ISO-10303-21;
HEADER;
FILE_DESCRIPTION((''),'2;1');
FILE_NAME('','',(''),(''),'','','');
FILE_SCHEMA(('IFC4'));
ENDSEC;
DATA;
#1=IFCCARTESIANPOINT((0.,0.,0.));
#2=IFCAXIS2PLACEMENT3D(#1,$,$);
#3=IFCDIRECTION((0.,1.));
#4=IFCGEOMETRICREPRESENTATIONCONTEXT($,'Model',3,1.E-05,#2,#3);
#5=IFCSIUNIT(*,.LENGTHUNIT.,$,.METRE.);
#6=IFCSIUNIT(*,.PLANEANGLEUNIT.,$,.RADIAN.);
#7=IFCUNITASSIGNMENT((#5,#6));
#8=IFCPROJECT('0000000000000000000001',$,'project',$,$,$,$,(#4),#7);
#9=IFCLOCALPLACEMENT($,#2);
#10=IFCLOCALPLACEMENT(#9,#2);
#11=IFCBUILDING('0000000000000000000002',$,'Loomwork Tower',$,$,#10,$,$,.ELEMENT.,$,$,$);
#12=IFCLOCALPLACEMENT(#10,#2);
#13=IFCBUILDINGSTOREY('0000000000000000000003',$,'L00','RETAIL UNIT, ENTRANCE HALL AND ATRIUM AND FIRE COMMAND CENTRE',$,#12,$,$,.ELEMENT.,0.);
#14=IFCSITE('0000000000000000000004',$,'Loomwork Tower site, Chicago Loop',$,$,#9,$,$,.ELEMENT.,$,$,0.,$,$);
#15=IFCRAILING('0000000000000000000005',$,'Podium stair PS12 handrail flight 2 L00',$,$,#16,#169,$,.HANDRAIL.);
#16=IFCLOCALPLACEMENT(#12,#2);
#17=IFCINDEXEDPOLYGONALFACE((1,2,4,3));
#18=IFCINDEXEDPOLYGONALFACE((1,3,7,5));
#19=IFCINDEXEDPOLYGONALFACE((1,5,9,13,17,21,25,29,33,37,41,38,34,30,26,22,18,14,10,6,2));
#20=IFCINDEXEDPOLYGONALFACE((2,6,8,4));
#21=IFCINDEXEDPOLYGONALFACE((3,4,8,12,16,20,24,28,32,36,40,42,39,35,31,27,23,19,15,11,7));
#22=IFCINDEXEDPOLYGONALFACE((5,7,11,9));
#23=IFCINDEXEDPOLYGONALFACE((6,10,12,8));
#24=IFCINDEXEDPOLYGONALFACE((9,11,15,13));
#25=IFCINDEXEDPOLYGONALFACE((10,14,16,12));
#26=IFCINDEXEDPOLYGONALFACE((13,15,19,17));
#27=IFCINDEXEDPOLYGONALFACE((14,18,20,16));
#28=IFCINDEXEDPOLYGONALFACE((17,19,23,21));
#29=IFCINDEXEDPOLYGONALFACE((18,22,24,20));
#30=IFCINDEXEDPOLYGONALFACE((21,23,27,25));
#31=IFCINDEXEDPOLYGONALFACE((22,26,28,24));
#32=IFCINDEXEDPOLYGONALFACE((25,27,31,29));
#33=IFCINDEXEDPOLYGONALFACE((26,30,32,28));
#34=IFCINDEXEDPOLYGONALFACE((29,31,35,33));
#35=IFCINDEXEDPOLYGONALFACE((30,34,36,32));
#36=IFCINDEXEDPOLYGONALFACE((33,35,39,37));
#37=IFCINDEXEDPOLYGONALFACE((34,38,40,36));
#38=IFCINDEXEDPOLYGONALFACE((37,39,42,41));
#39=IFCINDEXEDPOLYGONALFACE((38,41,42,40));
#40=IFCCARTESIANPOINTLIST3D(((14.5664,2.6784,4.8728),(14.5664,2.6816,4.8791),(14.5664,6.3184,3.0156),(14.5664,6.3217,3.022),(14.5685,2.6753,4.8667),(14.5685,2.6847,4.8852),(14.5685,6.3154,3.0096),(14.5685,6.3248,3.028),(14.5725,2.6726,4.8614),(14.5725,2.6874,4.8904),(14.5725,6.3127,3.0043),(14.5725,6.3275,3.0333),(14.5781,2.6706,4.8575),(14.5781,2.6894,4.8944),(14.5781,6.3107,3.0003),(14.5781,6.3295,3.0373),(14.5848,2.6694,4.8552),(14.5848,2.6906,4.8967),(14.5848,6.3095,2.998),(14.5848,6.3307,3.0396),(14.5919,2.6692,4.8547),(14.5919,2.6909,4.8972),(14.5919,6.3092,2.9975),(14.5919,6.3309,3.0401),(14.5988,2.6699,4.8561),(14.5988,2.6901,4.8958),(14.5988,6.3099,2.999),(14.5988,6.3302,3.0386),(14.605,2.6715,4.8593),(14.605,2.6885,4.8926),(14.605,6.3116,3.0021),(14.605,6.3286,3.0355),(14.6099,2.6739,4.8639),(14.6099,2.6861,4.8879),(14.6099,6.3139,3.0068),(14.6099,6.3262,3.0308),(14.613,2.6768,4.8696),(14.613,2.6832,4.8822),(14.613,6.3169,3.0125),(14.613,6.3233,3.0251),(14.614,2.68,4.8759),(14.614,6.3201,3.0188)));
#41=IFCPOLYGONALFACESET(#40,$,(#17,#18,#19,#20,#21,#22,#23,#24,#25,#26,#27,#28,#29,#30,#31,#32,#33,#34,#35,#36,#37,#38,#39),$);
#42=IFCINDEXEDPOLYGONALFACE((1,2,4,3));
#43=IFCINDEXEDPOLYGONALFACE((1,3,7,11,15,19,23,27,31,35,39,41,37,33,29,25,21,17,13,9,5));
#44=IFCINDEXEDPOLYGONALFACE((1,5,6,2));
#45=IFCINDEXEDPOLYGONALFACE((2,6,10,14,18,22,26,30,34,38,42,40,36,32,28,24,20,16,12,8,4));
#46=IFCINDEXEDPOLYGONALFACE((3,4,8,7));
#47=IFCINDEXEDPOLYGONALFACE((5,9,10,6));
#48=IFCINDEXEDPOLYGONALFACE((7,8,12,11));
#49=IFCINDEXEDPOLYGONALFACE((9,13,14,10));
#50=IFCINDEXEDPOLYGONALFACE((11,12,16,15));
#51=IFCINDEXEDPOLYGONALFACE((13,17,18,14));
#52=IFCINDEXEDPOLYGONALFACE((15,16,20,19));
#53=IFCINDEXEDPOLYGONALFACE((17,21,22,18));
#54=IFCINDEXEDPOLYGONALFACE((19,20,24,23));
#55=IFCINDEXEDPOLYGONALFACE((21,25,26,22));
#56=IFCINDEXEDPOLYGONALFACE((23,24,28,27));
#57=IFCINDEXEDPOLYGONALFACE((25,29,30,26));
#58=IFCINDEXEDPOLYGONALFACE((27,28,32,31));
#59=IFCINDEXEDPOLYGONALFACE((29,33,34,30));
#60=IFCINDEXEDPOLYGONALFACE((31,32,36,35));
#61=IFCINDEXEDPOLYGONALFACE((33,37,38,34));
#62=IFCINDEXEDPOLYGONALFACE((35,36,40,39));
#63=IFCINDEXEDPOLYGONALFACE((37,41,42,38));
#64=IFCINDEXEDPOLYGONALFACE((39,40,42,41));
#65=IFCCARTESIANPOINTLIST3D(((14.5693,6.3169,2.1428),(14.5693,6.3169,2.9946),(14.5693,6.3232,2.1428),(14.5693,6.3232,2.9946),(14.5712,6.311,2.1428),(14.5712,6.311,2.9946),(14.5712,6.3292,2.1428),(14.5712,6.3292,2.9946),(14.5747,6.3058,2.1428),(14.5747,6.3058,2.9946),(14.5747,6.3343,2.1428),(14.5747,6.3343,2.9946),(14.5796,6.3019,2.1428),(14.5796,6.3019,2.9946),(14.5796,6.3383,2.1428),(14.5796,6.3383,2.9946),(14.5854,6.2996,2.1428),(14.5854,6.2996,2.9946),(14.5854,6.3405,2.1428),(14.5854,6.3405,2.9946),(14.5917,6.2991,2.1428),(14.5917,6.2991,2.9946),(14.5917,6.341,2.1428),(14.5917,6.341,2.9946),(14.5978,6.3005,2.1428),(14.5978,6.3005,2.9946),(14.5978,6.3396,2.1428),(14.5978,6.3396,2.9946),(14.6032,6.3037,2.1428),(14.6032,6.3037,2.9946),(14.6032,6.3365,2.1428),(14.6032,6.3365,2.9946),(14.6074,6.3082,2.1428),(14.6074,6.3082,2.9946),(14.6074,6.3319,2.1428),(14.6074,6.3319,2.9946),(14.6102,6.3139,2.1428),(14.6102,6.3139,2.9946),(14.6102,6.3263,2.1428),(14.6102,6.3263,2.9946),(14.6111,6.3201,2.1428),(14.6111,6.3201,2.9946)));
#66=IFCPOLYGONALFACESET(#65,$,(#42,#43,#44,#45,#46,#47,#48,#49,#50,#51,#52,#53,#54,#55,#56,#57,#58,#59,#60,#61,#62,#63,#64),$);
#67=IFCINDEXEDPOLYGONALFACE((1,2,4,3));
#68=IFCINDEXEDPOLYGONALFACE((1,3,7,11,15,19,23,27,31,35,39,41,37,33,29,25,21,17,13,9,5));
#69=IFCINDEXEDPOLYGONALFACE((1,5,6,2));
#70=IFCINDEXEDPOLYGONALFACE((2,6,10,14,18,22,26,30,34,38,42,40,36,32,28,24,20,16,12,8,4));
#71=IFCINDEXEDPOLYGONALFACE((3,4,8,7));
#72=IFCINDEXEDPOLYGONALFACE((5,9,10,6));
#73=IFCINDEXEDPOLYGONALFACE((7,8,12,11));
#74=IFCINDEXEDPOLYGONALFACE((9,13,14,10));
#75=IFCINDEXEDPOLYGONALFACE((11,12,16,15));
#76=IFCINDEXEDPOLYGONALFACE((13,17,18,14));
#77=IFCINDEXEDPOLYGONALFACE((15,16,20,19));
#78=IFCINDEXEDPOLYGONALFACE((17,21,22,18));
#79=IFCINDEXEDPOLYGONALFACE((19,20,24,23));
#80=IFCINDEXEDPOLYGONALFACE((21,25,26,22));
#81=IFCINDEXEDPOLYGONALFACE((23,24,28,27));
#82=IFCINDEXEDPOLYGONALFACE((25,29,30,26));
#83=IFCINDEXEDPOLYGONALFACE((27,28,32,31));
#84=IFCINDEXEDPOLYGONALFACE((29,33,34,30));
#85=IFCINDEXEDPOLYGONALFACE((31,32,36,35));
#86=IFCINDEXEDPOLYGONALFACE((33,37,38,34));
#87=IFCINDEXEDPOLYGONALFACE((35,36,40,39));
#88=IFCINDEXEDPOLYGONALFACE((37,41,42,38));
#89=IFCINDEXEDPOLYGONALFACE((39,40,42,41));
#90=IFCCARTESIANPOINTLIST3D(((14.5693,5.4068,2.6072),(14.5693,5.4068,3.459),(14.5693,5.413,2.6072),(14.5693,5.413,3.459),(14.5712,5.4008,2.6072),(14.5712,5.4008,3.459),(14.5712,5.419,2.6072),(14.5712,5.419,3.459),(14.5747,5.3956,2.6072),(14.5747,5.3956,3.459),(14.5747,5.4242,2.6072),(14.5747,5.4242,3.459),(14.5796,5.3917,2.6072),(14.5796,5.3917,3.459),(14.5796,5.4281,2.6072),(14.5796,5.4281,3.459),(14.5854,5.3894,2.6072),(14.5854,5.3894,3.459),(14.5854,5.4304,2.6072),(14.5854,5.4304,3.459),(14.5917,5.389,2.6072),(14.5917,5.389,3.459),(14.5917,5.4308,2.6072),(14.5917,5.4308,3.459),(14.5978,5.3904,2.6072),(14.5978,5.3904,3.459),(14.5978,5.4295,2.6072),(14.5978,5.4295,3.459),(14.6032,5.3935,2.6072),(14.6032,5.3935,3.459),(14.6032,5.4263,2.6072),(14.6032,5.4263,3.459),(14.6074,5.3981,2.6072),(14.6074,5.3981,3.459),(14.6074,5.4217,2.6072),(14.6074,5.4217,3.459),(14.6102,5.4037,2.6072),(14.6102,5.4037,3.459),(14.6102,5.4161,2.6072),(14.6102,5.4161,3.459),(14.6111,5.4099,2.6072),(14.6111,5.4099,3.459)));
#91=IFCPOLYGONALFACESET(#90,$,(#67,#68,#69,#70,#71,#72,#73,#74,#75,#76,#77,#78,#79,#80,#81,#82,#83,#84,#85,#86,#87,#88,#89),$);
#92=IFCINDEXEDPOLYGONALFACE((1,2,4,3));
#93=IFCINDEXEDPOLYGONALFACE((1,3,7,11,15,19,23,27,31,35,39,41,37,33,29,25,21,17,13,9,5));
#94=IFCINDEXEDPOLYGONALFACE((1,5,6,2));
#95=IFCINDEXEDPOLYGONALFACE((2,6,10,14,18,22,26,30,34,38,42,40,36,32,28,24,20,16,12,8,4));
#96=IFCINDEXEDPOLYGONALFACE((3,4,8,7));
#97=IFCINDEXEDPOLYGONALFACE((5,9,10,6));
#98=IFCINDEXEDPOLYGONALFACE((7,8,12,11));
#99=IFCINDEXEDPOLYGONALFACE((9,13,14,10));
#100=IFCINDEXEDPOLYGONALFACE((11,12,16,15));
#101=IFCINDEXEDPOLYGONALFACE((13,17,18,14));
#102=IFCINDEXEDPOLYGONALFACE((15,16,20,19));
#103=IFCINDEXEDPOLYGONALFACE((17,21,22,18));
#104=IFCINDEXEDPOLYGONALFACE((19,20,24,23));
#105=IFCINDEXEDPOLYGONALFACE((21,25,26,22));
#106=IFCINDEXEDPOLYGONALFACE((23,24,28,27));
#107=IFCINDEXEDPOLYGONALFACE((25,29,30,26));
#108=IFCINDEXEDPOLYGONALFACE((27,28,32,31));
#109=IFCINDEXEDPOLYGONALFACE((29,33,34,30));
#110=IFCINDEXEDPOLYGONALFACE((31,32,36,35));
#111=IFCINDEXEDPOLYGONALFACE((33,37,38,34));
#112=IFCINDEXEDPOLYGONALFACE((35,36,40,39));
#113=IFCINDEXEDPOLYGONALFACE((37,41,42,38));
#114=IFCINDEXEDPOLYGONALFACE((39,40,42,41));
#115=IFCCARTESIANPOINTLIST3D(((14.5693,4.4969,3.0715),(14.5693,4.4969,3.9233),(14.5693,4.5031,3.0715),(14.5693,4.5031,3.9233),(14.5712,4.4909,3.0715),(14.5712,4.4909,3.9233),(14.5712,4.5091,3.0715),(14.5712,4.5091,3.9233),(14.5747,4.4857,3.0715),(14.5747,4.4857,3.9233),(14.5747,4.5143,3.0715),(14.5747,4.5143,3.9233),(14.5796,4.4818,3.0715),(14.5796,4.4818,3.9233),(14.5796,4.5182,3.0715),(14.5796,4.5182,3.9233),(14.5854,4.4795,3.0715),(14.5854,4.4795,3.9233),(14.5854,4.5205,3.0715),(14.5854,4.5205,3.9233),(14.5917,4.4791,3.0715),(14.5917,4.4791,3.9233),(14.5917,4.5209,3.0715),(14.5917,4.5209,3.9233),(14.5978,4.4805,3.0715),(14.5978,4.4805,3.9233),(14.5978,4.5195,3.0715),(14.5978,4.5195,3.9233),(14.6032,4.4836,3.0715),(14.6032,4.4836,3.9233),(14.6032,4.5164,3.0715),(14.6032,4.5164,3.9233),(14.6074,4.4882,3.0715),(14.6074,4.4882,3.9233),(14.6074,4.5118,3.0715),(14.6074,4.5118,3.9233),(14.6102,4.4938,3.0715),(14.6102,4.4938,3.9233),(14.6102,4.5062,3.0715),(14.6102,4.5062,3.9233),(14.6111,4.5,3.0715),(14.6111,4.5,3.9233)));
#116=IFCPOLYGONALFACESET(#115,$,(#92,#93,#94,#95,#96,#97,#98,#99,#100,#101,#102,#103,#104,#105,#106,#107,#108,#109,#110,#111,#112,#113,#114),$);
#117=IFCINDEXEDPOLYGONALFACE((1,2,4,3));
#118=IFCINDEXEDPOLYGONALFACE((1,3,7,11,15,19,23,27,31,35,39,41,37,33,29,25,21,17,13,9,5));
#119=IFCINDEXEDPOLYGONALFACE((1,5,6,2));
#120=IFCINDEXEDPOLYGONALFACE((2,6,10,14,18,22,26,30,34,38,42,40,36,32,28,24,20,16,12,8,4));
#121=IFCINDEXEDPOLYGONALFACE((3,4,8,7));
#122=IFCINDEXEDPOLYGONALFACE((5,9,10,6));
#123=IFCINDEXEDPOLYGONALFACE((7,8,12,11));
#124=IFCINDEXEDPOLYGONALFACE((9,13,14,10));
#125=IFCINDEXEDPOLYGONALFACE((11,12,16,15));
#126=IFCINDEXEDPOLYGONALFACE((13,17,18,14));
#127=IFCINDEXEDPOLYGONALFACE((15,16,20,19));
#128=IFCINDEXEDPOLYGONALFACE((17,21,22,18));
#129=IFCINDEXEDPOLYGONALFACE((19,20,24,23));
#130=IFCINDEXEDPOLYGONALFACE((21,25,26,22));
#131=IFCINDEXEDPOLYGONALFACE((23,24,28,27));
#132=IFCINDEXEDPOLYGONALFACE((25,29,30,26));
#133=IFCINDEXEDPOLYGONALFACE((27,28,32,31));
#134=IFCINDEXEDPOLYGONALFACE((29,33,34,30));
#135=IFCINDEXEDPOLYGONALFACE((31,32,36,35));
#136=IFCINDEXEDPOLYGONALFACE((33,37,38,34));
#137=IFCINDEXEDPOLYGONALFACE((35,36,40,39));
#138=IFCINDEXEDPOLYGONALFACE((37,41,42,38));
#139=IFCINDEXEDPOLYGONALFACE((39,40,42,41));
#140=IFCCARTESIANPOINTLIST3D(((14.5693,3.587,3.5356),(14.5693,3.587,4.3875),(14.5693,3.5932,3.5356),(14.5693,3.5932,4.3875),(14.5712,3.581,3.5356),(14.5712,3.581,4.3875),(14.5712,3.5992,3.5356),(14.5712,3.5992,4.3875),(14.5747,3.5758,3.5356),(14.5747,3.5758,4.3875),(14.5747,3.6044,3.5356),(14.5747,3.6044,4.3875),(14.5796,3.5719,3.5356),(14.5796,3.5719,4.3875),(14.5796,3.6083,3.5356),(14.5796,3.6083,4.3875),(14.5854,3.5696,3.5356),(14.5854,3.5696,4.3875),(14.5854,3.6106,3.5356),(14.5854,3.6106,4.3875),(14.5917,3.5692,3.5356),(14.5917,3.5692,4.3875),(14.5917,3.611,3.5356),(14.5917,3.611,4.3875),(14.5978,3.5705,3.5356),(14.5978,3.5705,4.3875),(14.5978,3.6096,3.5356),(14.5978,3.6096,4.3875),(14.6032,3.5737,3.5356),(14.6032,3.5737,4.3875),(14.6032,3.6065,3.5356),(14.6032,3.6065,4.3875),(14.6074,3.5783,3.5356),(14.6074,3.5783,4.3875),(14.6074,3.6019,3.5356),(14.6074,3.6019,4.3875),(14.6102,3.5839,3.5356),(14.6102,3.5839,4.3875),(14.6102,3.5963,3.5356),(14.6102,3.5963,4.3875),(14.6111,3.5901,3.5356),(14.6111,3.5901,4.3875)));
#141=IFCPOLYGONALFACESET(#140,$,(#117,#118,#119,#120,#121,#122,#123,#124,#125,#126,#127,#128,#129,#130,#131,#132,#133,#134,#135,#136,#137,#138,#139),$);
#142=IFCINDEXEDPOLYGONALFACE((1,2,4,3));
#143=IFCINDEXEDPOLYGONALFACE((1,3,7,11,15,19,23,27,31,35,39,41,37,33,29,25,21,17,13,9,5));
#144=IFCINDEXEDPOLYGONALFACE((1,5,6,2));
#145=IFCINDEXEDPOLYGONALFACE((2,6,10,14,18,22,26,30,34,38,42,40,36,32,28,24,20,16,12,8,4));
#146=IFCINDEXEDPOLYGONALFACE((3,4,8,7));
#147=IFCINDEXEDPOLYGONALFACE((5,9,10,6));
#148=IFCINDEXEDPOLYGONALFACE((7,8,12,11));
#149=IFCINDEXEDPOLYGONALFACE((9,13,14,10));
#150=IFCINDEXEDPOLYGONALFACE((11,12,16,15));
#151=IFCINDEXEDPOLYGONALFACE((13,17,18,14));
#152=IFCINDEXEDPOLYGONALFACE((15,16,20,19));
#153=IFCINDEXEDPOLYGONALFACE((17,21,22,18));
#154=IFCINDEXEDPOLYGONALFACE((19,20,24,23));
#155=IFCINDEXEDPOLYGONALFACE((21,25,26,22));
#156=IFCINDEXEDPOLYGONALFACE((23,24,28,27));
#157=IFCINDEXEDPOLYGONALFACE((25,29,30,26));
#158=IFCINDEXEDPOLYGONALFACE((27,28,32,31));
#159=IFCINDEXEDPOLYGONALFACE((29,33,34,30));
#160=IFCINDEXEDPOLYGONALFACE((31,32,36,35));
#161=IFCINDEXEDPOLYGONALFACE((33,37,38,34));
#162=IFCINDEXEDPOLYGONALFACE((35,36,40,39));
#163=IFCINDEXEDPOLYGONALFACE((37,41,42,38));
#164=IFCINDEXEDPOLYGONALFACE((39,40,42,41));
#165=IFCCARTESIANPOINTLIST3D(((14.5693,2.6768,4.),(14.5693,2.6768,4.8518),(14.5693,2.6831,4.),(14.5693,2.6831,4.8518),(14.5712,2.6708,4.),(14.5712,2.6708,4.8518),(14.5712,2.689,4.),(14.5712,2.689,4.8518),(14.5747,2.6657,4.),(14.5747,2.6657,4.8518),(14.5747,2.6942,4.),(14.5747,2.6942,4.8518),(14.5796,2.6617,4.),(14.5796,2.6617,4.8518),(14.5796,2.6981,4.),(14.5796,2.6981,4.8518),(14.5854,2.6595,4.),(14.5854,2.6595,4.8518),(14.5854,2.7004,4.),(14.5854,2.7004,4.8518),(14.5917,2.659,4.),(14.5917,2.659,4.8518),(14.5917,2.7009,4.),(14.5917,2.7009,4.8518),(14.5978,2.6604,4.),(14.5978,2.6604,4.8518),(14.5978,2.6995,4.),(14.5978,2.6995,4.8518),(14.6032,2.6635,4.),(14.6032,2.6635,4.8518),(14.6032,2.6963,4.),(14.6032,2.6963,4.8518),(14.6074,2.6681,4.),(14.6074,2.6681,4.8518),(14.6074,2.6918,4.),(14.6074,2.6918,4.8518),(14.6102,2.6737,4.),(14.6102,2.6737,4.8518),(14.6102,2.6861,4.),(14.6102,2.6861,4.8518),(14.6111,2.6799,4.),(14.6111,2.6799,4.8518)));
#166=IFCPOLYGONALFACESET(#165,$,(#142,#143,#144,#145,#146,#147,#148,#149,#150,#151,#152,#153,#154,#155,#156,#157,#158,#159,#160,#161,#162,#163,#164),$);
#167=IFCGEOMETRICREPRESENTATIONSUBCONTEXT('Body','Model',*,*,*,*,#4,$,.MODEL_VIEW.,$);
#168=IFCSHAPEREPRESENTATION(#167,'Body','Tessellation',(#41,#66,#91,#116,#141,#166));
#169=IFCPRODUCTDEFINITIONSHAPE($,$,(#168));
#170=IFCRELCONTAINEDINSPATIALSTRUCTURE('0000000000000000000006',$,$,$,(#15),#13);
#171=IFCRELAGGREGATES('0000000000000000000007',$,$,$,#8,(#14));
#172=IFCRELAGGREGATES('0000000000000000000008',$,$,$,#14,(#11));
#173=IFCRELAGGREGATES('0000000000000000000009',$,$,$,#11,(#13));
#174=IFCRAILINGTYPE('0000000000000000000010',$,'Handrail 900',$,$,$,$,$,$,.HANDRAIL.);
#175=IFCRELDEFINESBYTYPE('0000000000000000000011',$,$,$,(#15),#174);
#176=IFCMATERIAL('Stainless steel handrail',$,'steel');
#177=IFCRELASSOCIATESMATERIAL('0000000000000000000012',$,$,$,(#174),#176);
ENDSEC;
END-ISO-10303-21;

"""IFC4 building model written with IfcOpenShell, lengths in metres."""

from ifc_helpers import new_model, si_unit, direction, frame, origin, origin_2d, place, context, subcontext, project, spatial, circle, extrude, material, type_object, element, save


model = new_model("IFC4")

# Units and contexts
model_context = context("Model", 3, precision=1e-05, world=origin(), true_north=direction((0.0, 1.0)))
body_context = subcontext(model_context, "Body", "Model", "MODEL_VIEW")
ifc_project = project(units=[si_unit("LENGTHUNIT", "METRE"), si_unit("PLANEANGLEUNIT", "RADIAN")], contexts=[model_context])

# Site, building, storey
site_placement = place(None, origin())
site = spatial("IfcSite", under=ifc_project, at=site_placement, Name="Loomwork Tower site, Chicago Loop", CompositionType="ELEMENT", RefElevation=0.0)
building_placement = place(site_placement, origin())
building = spatial("IfcBuilding", under=site, at=building_placement, Name="Loomwork Tower", CompositionType="ELEMENT")
storey_placement = place(building_placement, origin())
storey = spatial("IfcBuildingStorey", under=building, at=storey_placement, Name="L00", Description="RETAIL UNIT, ENTRANCE HALL AND ATRIUM AND FIRE COMMAND CENTRE", CompositionType="ELEMENT", Elevation=0.0)

# Railing
ifc_material_1 = material(Name="Stainless steel handrail", Category="steel")
railing_type = type_object("IfcRailingType", Name="Handrail 900", PredefinedType="HANDRAIL", material=ifc_material_1)
railing_1_placement = place(storey_placement, frame((14.5901, 6.3201, 2.1428)))
element("IfcRailing", 1, at=railing_1_placement, inside=storey, type_object=railing_type, Name="Podium stair PS12 handrail flight 2 L00", PredefinedType="HANDRAIL", context=body_context, shape_type="SweptSolid", body=[
    extrude(circle(Radius=0.0239, at=origin_2d()), frame((0.0, 0.0, 0.876), z_axis=(0.0, -0.890765, 0.454464), x_axis=(1.0, 0.0, 0.0)), (0.0, 0.0, 1.0), 4.0864),
    extrude(circle(Radius=0.021, at=origin_2d()), origin(), (0.0, 0.0, 1.0), 0.8518),
    extrude(circle(Radius=0.021, at=origin_2d()), frame((0.0, -0.9102, 0.4644)), (0.0, 0.0, 1.0), 0.8518),
    extrude(circle(Radius=0.021, at=origin_2d()), frame((0.0, -1.8201, 0.9287)), (0.0, 0.0, 1.0), 0.8518),
    extrude(circle(Radius=0.021, at=origin_2d()), frame((0.0, -2.73, 1.3928)), (0.0, 0.0, 1.0), 0.8518),
    extrude(circle(Radius=0.021, at=origin_2d()), frame((0.0, -3.6401, 1.8572)), (0.0, 0.0, 1.0), 0.8518),
])

save(model, "model.ifc")
